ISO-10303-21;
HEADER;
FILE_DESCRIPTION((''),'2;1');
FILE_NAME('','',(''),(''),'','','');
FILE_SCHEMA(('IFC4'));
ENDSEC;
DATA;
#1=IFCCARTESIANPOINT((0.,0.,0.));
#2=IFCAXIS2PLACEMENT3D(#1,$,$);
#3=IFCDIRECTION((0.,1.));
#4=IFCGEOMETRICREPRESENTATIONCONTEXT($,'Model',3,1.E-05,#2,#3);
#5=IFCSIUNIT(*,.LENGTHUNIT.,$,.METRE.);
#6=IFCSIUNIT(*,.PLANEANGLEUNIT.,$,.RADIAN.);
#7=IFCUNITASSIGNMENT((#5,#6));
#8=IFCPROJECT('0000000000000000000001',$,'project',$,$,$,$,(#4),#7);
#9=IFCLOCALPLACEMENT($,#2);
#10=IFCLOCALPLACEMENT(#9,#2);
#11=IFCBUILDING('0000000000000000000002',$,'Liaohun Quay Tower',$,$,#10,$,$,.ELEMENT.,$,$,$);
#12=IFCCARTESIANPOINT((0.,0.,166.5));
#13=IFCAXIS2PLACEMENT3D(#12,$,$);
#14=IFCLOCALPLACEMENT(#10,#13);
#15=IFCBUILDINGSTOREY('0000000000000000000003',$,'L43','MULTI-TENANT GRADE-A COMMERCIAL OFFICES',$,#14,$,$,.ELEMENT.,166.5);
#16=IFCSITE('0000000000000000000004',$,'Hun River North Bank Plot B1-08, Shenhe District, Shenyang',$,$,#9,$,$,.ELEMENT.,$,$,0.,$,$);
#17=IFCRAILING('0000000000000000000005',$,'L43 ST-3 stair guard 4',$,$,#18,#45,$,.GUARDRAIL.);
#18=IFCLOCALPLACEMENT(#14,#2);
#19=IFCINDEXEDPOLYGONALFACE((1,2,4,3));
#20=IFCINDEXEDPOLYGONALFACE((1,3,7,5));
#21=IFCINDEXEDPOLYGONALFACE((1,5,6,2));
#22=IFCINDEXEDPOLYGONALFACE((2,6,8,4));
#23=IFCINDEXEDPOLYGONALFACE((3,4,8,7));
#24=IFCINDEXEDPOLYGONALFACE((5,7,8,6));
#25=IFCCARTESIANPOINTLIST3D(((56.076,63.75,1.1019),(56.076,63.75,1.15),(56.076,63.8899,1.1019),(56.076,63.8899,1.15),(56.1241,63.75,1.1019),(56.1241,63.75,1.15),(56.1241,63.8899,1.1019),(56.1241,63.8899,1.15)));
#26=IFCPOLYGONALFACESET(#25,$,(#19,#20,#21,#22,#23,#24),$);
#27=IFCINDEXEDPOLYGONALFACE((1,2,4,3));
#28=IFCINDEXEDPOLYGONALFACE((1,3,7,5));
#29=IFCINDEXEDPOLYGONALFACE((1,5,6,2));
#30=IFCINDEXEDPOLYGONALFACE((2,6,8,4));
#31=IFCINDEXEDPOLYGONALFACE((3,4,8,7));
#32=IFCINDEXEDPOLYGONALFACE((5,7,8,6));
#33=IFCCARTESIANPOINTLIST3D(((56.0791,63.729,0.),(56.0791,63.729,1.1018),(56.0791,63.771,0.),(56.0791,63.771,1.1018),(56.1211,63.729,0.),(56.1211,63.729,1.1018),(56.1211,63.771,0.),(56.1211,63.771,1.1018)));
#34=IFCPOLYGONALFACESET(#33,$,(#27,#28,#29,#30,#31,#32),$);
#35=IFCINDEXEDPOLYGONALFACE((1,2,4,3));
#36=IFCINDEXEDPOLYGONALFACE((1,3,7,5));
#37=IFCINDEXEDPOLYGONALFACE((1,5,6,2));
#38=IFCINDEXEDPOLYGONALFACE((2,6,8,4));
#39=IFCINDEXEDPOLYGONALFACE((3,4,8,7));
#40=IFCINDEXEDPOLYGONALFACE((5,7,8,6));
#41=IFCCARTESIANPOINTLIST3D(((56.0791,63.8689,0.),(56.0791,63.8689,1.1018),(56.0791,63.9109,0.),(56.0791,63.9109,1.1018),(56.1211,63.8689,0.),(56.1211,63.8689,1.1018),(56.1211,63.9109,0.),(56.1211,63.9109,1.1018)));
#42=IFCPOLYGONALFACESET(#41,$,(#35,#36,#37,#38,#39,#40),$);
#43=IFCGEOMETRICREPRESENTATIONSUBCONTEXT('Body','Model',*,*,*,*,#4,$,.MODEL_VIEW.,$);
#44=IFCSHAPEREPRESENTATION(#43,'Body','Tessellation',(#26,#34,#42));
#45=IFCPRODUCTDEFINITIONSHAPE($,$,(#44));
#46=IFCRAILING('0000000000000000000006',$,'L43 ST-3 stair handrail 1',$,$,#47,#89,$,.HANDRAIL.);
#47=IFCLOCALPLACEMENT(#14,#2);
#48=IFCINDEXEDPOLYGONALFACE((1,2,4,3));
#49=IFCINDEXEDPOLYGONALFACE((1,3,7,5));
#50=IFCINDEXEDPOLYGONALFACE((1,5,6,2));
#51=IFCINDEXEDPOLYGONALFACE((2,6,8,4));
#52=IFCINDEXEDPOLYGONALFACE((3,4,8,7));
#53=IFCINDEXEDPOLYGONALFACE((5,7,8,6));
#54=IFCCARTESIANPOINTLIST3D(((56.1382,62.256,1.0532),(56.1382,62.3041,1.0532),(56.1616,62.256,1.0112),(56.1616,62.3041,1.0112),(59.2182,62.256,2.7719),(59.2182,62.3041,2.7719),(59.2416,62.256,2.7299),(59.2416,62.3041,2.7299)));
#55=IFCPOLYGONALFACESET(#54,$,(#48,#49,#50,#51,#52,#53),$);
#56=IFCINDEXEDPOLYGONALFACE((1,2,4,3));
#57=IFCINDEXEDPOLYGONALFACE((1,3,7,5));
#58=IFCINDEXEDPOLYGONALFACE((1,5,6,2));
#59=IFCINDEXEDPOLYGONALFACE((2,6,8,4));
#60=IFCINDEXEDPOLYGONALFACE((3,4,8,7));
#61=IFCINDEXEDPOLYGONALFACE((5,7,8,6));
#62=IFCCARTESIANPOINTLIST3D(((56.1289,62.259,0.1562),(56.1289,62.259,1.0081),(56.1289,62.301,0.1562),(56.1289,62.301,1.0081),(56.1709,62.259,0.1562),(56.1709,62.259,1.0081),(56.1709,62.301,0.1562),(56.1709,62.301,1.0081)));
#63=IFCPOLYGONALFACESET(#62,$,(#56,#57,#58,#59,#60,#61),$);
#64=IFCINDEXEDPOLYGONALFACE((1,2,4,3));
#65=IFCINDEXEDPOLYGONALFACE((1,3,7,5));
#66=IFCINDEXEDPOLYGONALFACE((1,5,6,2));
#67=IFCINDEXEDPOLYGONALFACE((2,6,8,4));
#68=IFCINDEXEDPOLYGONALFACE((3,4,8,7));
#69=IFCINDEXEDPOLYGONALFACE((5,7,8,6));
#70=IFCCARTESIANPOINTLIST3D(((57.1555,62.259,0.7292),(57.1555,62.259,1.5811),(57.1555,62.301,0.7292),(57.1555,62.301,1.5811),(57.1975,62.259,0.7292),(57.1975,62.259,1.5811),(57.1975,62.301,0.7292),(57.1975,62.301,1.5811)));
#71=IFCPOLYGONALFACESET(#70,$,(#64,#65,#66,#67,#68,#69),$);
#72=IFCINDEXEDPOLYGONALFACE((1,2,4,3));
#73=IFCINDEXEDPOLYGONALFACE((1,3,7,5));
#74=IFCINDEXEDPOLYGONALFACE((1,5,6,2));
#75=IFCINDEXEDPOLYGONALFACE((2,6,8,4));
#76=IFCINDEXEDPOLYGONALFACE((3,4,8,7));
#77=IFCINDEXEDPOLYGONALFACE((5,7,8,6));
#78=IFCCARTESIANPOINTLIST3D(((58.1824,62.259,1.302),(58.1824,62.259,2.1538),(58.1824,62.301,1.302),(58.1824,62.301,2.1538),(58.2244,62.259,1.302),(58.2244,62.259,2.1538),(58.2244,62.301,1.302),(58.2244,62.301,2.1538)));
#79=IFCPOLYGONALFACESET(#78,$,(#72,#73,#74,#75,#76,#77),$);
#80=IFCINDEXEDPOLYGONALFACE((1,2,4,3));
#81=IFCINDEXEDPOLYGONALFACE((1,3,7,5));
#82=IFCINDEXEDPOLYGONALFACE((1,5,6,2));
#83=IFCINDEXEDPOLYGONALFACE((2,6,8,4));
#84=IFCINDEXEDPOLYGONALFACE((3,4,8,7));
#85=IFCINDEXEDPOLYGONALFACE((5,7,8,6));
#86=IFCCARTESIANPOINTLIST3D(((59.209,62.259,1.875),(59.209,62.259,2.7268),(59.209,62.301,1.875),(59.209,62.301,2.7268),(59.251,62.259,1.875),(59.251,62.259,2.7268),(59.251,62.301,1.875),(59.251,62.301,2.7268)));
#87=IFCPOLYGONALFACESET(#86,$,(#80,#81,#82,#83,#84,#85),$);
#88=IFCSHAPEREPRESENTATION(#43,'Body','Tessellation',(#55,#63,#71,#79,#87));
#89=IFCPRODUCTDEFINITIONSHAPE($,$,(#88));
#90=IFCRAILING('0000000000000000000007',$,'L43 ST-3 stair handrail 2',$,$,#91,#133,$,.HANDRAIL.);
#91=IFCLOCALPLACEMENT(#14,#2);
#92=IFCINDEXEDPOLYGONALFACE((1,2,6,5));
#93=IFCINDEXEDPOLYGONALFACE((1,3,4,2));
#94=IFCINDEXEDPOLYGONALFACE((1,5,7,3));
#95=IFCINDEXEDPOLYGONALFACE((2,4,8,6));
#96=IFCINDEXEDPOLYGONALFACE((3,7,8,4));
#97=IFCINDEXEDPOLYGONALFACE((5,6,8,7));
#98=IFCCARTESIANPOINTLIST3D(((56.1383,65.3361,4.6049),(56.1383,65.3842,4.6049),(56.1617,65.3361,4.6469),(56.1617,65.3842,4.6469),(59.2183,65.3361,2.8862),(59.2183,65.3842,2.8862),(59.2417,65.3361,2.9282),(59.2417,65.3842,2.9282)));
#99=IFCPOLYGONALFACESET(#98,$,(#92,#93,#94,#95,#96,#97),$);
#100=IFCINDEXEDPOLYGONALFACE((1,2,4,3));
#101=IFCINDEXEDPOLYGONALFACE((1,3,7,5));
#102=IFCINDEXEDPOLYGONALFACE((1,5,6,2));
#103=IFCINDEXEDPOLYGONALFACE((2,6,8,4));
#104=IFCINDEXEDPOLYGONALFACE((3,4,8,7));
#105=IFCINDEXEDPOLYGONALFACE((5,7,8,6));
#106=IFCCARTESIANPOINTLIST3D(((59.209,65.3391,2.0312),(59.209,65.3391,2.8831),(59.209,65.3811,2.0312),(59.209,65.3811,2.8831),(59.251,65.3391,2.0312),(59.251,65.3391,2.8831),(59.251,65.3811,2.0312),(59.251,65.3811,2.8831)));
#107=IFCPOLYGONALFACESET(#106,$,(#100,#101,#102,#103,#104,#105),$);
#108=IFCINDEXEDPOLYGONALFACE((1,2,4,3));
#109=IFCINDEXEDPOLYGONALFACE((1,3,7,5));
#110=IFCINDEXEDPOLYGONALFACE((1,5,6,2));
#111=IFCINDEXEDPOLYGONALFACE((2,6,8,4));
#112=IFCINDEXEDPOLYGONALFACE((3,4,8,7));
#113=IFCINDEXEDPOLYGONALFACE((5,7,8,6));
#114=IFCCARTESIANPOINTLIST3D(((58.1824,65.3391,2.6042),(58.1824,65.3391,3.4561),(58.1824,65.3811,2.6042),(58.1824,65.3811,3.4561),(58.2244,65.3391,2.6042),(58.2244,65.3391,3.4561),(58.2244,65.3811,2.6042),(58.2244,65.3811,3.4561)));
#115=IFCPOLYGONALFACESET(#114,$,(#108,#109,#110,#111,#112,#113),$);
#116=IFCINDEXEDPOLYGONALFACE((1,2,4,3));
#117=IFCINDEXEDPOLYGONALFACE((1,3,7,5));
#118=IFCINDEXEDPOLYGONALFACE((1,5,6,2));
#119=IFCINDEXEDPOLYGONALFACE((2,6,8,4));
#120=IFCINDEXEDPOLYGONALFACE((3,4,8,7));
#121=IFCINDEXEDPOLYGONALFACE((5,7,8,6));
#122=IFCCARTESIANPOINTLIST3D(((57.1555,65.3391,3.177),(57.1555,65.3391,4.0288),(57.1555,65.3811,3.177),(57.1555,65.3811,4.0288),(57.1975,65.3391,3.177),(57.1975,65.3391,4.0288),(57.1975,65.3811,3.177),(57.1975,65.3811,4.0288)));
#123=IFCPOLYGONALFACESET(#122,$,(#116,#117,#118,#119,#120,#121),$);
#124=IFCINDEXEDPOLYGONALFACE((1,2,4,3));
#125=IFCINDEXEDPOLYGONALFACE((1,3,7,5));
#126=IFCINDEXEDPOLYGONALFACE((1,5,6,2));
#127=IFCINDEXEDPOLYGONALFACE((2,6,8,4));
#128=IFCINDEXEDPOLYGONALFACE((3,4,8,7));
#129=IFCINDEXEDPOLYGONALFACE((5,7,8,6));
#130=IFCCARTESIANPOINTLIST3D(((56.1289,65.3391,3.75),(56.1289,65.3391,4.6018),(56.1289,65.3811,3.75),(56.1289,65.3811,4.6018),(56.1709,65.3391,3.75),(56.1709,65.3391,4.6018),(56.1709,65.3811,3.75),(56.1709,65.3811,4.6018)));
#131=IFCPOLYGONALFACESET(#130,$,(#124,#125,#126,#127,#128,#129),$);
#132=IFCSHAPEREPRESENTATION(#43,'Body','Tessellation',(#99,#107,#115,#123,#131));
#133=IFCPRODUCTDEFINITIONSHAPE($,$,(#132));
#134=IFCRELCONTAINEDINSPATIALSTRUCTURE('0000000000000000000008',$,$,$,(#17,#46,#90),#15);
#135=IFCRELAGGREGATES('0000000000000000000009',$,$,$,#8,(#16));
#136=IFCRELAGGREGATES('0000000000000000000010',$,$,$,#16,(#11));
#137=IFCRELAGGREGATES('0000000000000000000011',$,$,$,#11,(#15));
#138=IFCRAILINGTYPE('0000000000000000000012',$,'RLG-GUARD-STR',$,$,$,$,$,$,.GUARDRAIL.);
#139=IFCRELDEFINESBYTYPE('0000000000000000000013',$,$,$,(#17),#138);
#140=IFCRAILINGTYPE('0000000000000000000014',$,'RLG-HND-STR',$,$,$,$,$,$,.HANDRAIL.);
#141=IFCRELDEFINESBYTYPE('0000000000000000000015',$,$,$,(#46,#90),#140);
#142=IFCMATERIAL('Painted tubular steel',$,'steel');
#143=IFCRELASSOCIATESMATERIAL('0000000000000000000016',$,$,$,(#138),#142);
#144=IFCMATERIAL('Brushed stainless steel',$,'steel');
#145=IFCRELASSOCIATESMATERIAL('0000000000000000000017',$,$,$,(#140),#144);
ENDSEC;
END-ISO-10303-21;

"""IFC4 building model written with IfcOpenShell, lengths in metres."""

from ifc_helpers import new_model, si_unit, direction, frame, origin, origin_2d, place, context, subcontext, project, spatial, rectangle, extrude, material, type_object, element, save


model = new_model("IFC4")

# Units and contexts
model_context = context("Model", 3, precision=1e-05, world=origin(), true_north=direction((0.0, 1.0)))
body_context = subcontext(model_context, "Body", "Model", "MODEL_VIEW")
ifc_project = project(units=[si_unit("LENGTHUNIT", "METRE"), si_unit("PLANEANGLEUNIT", "RADIAN")], contexts=[model_context])

# Site, building, storey
site_placement = place(None, origin())
site = spatial("IfcSite", under=ifc_project, at=site_placement, Name="Hun River North Bank Plot B1-08, Shenhe District, Shenyang", CompositionType="ELEMENT", RefElevation=0.0)
building_placement = place(site_placement, origin())
building = spatial("IfcBuilding", under=site, at=building_placement, Name="Liaohun Quay Tower", CompositionType="ELEMENT")
storey_placement = place(building_placement, frame((0.0, 0.0, 166.5)))
storey = spatial("IfcBuildingStorey", under=building, at=storey_placement, Name="L43", Description="MULTI-TENANT GRADE-A COMMERCIAL OFFICES", CompositionType="ELEMENT", Elevation=166.5)

# Railings
ifc_material_1 = material(Name="Painted tubular steel", Category="steel")
railing_type_1 = type_object("IfcRailingType", Name="RLG-GUARD-STR", PredefinedType="GUARDRAIL", material=ifc_material_1)
railing_1_placement = place(storey_placement, frame((56.1001, 63.75, 0.0)))
element("IfcRailing", 1, at=railing_1_placement, inside=storey, type_object=railing_type_1, Name="L43 ST-3 stair guard 4", PredefinedType="GUARDRAIL", context=body_context, shape_type="SweptSolid", body=[
    extrude(rectangle(XDim=0.0481, YDim=0.0481, at=origin_2d()), frame((0.0, 0.0, 1.126), z_axis=(0.0, 1.0, 0.0), x_axis=(-1.0, 0.0, 0.0)), (0.0, 0.0, 1.0), 0.1399),
    extrude(rectangle(XDim=0.042, YDim=0.042, at=origin_2d()), origin(), (0.0, 0.0, 1.0), 1.1018),
    extrude(rectangle(XDim=0.042, YDim=0.042, at=origin_2d()), frame((0.0, 0.1399, 0.0)), (0.0, 0.0, 1.0), 1.1018),
])
ifc_material_2 = material(Name="Brushed stainless steel", Category="steel")
railing_type_2 = type_object("IfcRailingType", Name="RLG-HND-STR", PredefinedType="HANDRAIL", material=ifc_material_2)
railing_2_placement = place(storey_placement, frame((56.1499, 62.28, 0.1562)))
element("IfcRailing", 2, at=railing_2_placement, inside=storey, type_object=railing_type_2, Name="L43 ST-3 stair handrail 1", PredefinedType="HANDRAIL", context=body_context, shape_type="SweptSolid", body=[
    extrude(rectangle(XDim=0.0481, YDim=0.0481, at=origin_2d()), frame((0.0, 0.0, 0.876), z_axis=(0.873242, 0.0, 0.487288), x_axis=(0.0, 1.0, 0.0)), (0.0, 0.0, 1.0), 3.5271),
    extrude(rectangle(XDim=0.042, YDim=0.042, at=origin_2d()), origin(), (0.0, 0.0, 1.0), 0.8518),
    extrude(rectangle(XDim=0.042, YDim=0.042, at=origin_2d()), frame((1.0266, 0.0, 0.573)), (0.0, 0.0, 1.0), 0.8518),
    extrude(rectangle(XDim=0.042, YDim=0.042, at=origin_2d()), frame((2.0535, 0.0, 1.1458)), (0.0, 0.0, 1.0), 0.8518),
    extrude(rectangle(XDim=0.042, YDim=0.042, at=origin_2d()), frame((3.0801, 0.0, 1.7188)), (0.0, 0.0, 1.0), 0.8518),
])
railing_3_placement = place(storey_placement, frame((59.23, 65.3601, 2.0312)))
element("IfcRailing", 3, at=railing_3_placement, inside=storey, type_object=railing_type_2, Name="L43 ST-3 stair handrail 2", PredefinedType="HANDRAIL", context=body_context, shape_type="SweptSolid", body=[
    extrude(rectangle(XDim=0.0481, YDim=0.0481, at=origin_2d()), frame((0.0, 0.0, 0.876), z_axis=(-0.873242, 0.0, 0.487288), x_axis=(0.0, -1.0, 0.0)), (0.0, 0.0, 1.0), 3.5271),
    extrude(rectangle(XDim=0.042, YDim=0.042, at=origin_2d()), origin(), (0.0, 0.0, 1.0), 0.8518),
    extrude(rectangle(XDim=0.042, YDim=0.042, at=origin_2d()), frame((-1.0266, 0.0, 0.573)), (0.0, 0.0, 1.0), 0.8518),
    extrude(rectangle(XDim=0.042, YDim=0.042, at=origin_2d()), frame((-2.0535, 0.0, 1.1458)), (0.0, 0.0, 1.0), 0.8518),
    extrude(rectangle(XDim=0.042, YDim=0.042, at=origin_2d()), frame((-3.0801, 0.0, 1.7188)), (0.0, 0.0, 1.0), 0.8518),
])

save(model, "model.ifc")
